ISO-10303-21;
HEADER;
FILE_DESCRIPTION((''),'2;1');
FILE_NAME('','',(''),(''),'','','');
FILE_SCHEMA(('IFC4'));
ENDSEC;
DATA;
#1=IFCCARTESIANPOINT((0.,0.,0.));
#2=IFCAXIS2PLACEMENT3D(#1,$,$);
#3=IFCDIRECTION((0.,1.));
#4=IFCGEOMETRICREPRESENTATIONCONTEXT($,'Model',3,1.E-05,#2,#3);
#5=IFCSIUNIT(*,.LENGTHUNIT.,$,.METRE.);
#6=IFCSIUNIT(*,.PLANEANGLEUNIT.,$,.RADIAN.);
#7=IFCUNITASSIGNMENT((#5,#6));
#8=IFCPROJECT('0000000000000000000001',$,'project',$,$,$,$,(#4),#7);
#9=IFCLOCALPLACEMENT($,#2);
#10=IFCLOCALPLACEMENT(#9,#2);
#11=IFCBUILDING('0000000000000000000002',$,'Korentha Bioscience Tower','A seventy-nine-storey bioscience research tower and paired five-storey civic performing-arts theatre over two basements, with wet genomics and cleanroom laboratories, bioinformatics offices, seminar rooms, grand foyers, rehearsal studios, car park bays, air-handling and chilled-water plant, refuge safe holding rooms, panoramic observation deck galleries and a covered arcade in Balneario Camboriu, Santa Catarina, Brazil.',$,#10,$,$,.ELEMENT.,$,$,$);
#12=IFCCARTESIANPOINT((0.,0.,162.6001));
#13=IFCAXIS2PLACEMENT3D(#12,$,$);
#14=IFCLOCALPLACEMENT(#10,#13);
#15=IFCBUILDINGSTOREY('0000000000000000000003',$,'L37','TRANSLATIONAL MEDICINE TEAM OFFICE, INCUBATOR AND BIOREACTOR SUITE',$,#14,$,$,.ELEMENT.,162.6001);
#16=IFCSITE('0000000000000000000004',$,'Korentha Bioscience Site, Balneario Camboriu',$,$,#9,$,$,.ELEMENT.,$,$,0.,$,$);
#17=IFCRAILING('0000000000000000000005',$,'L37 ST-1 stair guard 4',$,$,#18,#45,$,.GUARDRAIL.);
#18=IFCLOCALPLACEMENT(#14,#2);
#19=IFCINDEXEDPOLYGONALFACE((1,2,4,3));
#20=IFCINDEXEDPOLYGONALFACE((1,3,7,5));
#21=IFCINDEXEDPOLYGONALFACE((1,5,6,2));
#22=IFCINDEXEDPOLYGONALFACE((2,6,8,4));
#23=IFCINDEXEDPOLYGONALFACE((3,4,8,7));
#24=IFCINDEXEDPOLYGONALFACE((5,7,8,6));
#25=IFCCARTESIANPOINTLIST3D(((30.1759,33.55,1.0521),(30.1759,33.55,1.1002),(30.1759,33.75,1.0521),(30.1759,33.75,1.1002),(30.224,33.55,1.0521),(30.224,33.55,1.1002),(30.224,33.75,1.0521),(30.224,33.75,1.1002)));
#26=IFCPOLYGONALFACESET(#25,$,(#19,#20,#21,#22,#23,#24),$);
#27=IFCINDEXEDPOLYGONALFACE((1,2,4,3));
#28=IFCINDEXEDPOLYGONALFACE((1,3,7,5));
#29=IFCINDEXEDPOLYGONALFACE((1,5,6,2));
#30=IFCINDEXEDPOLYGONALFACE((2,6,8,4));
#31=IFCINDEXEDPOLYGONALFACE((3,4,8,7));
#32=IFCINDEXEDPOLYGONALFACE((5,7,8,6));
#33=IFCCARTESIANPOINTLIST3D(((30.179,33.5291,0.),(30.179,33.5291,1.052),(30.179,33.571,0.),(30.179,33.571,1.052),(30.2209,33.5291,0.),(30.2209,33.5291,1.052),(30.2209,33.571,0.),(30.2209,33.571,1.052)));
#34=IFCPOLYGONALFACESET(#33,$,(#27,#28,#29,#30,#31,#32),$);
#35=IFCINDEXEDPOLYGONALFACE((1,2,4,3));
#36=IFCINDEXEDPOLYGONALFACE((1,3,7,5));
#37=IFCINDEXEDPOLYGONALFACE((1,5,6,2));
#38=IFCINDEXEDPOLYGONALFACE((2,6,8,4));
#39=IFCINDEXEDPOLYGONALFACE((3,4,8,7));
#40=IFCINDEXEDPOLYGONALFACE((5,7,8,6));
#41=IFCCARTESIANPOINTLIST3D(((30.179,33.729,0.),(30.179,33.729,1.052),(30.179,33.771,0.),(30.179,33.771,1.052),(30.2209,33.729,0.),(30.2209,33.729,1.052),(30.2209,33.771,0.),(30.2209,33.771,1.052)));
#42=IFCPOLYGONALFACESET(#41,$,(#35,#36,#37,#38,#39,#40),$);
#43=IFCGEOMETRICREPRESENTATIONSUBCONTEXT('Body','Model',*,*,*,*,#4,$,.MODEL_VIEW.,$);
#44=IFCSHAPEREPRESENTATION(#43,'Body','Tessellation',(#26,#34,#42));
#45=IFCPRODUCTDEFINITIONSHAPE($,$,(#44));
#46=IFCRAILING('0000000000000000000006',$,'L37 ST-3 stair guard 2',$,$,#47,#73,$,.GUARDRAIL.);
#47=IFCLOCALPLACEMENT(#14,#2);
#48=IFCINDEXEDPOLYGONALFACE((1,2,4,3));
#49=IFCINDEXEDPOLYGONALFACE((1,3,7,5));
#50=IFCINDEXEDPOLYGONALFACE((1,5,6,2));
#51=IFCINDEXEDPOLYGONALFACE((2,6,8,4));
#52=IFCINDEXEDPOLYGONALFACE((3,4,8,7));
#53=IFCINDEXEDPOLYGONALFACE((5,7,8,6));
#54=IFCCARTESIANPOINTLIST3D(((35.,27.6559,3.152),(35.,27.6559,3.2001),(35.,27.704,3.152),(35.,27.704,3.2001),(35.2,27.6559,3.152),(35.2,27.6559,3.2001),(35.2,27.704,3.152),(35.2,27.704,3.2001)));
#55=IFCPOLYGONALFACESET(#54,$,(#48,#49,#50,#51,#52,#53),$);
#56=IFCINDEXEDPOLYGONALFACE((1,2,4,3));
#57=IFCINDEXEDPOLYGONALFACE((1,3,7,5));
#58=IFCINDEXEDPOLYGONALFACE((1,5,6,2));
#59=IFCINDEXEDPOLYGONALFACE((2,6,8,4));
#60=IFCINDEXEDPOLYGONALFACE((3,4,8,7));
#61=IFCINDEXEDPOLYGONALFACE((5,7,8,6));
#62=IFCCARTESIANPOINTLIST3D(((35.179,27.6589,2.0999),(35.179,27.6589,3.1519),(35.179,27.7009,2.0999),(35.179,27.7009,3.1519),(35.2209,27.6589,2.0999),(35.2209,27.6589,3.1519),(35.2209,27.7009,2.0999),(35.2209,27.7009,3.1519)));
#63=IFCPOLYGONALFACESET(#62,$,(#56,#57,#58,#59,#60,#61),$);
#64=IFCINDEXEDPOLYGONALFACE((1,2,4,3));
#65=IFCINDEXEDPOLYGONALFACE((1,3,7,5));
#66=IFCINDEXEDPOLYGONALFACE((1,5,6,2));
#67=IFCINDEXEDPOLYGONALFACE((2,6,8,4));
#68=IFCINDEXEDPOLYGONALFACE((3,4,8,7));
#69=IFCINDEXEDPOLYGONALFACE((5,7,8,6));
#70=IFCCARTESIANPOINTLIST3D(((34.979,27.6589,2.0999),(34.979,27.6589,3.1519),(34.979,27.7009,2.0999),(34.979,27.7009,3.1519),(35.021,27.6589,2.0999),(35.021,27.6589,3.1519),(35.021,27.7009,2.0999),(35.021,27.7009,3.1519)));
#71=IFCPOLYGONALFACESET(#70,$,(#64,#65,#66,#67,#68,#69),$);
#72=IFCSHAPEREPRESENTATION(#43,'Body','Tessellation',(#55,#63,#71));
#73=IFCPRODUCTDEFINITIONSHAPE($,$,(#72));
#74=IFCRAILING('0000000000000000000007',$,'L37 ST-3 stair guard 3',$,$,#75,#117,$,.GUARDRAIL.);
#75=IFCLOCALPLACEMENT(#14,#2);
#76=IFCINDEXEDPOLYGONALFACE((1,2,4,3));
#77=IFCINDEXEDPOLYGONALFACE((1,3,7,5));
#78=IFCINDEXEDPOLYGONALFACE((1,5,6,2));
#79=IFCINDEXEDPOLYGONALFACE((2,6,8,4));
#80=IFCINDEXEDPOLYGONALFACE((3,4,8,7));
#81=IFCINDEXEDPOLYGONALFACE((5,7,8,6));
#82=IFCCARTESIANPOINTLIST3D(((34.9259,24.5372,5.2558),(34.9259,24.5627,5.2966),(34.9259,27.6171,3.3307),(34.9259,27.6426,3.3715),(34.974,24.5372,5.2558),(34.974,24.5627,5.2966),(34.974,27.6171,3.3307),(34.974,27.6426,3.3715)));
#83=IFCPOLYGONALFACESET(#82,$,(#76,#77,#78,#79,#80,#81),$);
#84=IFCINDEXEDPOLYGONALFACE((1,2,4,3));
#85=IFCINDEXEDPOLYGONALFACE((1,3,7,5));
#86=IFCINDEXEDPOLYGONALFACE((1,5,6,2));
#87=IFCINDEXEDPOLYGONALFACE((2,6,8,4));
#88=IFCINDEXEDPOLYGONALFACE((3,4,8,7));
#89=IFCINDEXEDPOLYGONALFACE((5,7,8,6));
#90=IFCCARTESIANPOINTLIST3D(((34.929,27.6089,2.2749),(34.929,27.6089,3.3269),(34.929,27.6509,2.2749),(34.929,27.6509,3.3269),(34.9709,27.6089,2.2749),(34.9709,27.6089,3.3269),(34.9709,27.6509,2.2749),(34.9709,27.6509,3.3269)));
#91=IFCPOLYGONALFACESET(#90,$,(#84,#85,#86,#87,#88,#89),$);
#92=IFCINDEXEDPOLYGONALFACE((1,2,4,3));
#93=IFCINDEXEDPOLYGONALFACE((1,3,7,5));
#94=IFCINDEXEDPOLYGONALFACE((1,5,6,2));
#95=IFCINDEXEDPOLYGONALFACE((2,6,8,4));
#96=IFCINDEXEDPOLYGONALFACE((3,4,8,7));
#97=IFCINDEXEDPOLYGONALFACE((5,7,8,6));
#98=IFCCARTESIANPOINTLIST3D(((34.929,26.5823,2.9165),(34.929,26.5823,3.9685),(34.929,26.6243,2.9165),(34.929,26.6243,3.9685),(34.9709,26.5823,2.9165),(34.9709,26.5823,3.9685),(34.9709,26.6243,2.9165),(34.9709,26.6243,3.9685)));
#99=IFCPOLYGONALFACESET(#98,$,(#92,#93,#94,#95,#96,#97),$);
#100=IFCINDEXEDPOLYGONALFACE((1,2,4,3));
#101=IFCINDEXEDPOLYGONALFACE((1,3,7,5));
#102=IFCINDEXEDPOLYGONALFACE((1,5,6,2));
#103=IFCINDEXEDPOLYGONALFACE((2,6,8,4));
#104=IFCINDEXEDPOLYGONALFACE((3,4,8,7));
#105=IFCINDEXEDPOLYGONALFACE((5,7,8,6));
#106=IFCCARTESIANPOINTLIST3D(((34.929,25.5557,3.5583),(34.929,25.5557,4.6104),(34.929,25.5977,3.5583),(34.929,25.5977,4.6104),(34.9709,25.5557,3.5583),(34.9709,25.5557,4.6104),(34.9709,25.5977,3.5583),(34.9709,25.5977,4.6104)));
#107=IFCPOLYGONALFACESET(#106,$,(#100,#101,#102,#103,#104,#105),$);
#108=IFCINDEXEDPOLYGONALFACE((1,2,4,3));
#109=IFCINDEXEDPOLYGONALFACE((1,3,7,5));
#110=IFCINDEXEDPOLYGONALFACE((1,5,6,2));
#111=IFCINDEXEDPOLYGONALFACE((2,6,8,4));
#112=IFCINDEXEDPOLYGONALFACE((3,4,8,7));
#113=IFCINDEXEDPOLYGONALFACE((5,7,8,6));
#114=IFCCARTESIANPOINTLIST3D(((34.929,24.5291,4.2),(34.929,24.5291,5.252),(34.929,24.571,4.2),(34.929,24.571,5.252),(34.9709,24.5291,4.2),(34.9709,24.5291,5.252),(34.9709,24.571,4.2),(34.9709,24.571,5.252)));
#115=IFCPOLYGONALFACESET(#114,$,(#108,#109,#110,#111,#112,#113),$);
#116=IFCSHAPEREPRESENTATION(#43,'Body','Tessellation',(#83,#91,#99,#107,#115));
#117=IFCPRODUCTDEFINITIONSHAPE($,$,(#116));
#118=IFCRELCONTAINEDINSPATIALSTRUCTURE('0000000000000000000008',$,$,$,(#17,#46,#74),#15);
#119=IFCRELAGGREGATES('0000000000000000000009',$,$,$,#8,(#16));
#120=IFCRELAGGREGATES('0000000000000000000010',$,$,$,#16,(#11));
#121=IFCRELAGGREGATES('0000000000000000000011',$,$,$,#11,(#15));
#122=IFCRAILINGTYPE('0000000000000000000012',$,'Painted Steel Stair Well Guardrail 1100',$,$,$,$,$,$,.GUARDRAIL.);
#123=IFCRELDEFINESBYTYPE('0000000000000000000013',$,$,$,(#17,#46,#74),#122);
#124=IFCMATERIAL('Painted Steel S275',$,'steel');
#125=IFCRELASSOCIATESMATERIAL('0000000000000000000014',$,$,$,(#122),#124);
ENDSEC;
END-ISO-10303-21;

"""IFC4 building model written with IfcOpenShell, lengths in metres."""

from ifc_helpers import new_model, si_unit, direction, frame, origin, origin_2d, place, context, subcontext, project, spatial, rectangle, extrude, material, type_object, element, save


model = new_model("IFC4")

# Units and contexts
model_context = context("Model", 3, precision=1e-05, world=origin(), true_north=direction((0.0, 1.0)))
body_context = subcontext(model_context, "Body", "Model", "MODEL_VIEW")
ifc_project = project(units=[si_unit("LENGTHUNIT", "METRE"), si_unit("PLANEANGLEUNIT", "RADIAN")], contexts=[model_context])

# Site, building, storey
site_placement = place(None, origin())
site = spatial("IfcSite", under=ifc_project, at=site_placement, Name="Korentha Bioscience Site, Balneario Camboriu", CompositionType="ELEMENT", RefElevation=0.0)
building_placement = place(site_placement, origin())
building = spatial("IfcBuilding", under=site, at=building_placement, Name="Korentha Bioscience Tower", Description="A seventy-nine-storey bioscience research tower and paired five-storey civic performing-arts theatre over two basements, with wet genomics and cleanroom laboratories, bioinformatics offices, seminar rooms, grand foyers, rehearsal studios, car park bays, air-handling and chilled-water plant, refuge safe holding rooms, panoramic observation deck galleries and a covered arcade in Balneario Camboriu, Santa Catarina, Brazil.", CompositionType="ELEMENT")
storey_placement = place(building_placement, frame((0.0, 0.0, 162.6001)))
storey = spatial("IfcBuildingStorey", under=building, at=storey_placement, Name="L37", Description="TRANSLATIONAL MEDICINE TEAM OFFICE, INCUBATOR AND BIOREACTOR SUITE", CompositionType="ELEMENT", Elevation=162.6001)

# Railings
ifc_material_1 = material(Name="Painted Steel S275", Category="steel")
railing_type_1 = type_object("IfcRailingType", Name="Painted Steel Stair Well Guardrail 1100", PredefinedType="GUARDRAIL", material=ifc_material_1)
railing_1_placement = place(storey_placement, frame((30.2, 33.55, 0.0)))
element("IfcRailing", 1, at=railing_1_placement, inside=storey, type_object=railing_type_1, Name="L37 ST-1 stair guard 4", PredefinedType="GUARDRAIL", context=body_context, shape_type="SweptSolid", body=[
    extrude(rectangle(XDim=0.0481, YDim=0.0481, at=origin_2d()), frame((0.0, 0.0, 1.0762), z_axis=(0.0, 1.0, 0.0), x_axis=(-1.0, 0.0, 0.0)), (0.0, 0.0, 1.0), 0.2),
    extrude(rectangle(XDim=0.042, YDim=0.042, at=origin_2d()), origin(), (0.0, 0.0, 1.0), 1.052),
    extrude(rectangle(XDim=0.042, YDim=0.042, at=origin_2d()), frame((0.0, 0.2, 0.0)), (0.0, 0.0, 1.0), 1.052),
])
railing_2_placement = place(storey_placement, frame((35.2, 27.6799, 2.0999)))
element("IfcRailing", 2, at=railing_2_placement, inside=storey, type_object=railing_type_1, Name="L37 ST-3 stair guard 2", PredefinedType="GUARDRAIL", context=body_context, shape_type="SweptSolid", body=[
    extrude(rectangle(XDim=0.0481, YDim=0.0481, at=origin_2d()), frame((0.0, 0.0, 1.0762), z_axis=(-1.0, 0.0, 0.0), x_axis=(0.0, -1.0, 0.0)), (0.0, 0.0, 1.0), 0.2),
    extrude(rectangle(XDim=0.042, YDim=0.042, at=origin_2d()), origin(), (0.0, 0.0, 1.0), 1.052),
    extrude(rectangle(XDim=0.042, YDim=0.042, at=origin_2d()), frame((-0.2, 0.0, 0.0)), (0.0, 0.0, 1.0), 1.052),
])
railing_3_placement = place(storey_placement, frame((34.95, 27.6299, 2.2749)))
element("IfcRailing", 3, at=railing_3_placement, inside=storey, type_object=railing_type_1, Name="L37 ST-3 stair guard 3", PredefinedType="GUARDRAIL", context=body_context, shape_type="SweptSolid", body=[
    extrude(rectangle(XDim=0.0481, YDim=0.0481, at=origin_2d()), frame((0.0, 0.0, 1.0762), z_axis=(0.0, -0.847979, 0.530029), x_axis=(1.0, 0.0, 0.0)), (0.0, 0.0, 1.0), 3.6321),
    extrude(rectangle(XDim=0.042, YDim=0.042, at=origin_2d()), origin(), (0.0, 0.0, 1.0), 1.052),
    extrude(rectangle(XDim=0.042, YDim=0.042, at=origin_2d()), frame((0.0, -1.0266, 0.6416)), (0.0, 0.0, 1.0), 1.052),
    extrude(rectangle(XDim=0.042, YDim=0.042, at=origin_2d()), frame((0.0, -2.0532, 1.2834)), (0.0, 0.0, 1.0), 1.052),
    extrude(rectangle(XDim=0.042, YDim=0.042, at=origin_2d()), frame((0.0, -3.0798, 1.925)), (0.0, 0.0, 1.0), 1.052),
])

save(model, "model.ifc")
